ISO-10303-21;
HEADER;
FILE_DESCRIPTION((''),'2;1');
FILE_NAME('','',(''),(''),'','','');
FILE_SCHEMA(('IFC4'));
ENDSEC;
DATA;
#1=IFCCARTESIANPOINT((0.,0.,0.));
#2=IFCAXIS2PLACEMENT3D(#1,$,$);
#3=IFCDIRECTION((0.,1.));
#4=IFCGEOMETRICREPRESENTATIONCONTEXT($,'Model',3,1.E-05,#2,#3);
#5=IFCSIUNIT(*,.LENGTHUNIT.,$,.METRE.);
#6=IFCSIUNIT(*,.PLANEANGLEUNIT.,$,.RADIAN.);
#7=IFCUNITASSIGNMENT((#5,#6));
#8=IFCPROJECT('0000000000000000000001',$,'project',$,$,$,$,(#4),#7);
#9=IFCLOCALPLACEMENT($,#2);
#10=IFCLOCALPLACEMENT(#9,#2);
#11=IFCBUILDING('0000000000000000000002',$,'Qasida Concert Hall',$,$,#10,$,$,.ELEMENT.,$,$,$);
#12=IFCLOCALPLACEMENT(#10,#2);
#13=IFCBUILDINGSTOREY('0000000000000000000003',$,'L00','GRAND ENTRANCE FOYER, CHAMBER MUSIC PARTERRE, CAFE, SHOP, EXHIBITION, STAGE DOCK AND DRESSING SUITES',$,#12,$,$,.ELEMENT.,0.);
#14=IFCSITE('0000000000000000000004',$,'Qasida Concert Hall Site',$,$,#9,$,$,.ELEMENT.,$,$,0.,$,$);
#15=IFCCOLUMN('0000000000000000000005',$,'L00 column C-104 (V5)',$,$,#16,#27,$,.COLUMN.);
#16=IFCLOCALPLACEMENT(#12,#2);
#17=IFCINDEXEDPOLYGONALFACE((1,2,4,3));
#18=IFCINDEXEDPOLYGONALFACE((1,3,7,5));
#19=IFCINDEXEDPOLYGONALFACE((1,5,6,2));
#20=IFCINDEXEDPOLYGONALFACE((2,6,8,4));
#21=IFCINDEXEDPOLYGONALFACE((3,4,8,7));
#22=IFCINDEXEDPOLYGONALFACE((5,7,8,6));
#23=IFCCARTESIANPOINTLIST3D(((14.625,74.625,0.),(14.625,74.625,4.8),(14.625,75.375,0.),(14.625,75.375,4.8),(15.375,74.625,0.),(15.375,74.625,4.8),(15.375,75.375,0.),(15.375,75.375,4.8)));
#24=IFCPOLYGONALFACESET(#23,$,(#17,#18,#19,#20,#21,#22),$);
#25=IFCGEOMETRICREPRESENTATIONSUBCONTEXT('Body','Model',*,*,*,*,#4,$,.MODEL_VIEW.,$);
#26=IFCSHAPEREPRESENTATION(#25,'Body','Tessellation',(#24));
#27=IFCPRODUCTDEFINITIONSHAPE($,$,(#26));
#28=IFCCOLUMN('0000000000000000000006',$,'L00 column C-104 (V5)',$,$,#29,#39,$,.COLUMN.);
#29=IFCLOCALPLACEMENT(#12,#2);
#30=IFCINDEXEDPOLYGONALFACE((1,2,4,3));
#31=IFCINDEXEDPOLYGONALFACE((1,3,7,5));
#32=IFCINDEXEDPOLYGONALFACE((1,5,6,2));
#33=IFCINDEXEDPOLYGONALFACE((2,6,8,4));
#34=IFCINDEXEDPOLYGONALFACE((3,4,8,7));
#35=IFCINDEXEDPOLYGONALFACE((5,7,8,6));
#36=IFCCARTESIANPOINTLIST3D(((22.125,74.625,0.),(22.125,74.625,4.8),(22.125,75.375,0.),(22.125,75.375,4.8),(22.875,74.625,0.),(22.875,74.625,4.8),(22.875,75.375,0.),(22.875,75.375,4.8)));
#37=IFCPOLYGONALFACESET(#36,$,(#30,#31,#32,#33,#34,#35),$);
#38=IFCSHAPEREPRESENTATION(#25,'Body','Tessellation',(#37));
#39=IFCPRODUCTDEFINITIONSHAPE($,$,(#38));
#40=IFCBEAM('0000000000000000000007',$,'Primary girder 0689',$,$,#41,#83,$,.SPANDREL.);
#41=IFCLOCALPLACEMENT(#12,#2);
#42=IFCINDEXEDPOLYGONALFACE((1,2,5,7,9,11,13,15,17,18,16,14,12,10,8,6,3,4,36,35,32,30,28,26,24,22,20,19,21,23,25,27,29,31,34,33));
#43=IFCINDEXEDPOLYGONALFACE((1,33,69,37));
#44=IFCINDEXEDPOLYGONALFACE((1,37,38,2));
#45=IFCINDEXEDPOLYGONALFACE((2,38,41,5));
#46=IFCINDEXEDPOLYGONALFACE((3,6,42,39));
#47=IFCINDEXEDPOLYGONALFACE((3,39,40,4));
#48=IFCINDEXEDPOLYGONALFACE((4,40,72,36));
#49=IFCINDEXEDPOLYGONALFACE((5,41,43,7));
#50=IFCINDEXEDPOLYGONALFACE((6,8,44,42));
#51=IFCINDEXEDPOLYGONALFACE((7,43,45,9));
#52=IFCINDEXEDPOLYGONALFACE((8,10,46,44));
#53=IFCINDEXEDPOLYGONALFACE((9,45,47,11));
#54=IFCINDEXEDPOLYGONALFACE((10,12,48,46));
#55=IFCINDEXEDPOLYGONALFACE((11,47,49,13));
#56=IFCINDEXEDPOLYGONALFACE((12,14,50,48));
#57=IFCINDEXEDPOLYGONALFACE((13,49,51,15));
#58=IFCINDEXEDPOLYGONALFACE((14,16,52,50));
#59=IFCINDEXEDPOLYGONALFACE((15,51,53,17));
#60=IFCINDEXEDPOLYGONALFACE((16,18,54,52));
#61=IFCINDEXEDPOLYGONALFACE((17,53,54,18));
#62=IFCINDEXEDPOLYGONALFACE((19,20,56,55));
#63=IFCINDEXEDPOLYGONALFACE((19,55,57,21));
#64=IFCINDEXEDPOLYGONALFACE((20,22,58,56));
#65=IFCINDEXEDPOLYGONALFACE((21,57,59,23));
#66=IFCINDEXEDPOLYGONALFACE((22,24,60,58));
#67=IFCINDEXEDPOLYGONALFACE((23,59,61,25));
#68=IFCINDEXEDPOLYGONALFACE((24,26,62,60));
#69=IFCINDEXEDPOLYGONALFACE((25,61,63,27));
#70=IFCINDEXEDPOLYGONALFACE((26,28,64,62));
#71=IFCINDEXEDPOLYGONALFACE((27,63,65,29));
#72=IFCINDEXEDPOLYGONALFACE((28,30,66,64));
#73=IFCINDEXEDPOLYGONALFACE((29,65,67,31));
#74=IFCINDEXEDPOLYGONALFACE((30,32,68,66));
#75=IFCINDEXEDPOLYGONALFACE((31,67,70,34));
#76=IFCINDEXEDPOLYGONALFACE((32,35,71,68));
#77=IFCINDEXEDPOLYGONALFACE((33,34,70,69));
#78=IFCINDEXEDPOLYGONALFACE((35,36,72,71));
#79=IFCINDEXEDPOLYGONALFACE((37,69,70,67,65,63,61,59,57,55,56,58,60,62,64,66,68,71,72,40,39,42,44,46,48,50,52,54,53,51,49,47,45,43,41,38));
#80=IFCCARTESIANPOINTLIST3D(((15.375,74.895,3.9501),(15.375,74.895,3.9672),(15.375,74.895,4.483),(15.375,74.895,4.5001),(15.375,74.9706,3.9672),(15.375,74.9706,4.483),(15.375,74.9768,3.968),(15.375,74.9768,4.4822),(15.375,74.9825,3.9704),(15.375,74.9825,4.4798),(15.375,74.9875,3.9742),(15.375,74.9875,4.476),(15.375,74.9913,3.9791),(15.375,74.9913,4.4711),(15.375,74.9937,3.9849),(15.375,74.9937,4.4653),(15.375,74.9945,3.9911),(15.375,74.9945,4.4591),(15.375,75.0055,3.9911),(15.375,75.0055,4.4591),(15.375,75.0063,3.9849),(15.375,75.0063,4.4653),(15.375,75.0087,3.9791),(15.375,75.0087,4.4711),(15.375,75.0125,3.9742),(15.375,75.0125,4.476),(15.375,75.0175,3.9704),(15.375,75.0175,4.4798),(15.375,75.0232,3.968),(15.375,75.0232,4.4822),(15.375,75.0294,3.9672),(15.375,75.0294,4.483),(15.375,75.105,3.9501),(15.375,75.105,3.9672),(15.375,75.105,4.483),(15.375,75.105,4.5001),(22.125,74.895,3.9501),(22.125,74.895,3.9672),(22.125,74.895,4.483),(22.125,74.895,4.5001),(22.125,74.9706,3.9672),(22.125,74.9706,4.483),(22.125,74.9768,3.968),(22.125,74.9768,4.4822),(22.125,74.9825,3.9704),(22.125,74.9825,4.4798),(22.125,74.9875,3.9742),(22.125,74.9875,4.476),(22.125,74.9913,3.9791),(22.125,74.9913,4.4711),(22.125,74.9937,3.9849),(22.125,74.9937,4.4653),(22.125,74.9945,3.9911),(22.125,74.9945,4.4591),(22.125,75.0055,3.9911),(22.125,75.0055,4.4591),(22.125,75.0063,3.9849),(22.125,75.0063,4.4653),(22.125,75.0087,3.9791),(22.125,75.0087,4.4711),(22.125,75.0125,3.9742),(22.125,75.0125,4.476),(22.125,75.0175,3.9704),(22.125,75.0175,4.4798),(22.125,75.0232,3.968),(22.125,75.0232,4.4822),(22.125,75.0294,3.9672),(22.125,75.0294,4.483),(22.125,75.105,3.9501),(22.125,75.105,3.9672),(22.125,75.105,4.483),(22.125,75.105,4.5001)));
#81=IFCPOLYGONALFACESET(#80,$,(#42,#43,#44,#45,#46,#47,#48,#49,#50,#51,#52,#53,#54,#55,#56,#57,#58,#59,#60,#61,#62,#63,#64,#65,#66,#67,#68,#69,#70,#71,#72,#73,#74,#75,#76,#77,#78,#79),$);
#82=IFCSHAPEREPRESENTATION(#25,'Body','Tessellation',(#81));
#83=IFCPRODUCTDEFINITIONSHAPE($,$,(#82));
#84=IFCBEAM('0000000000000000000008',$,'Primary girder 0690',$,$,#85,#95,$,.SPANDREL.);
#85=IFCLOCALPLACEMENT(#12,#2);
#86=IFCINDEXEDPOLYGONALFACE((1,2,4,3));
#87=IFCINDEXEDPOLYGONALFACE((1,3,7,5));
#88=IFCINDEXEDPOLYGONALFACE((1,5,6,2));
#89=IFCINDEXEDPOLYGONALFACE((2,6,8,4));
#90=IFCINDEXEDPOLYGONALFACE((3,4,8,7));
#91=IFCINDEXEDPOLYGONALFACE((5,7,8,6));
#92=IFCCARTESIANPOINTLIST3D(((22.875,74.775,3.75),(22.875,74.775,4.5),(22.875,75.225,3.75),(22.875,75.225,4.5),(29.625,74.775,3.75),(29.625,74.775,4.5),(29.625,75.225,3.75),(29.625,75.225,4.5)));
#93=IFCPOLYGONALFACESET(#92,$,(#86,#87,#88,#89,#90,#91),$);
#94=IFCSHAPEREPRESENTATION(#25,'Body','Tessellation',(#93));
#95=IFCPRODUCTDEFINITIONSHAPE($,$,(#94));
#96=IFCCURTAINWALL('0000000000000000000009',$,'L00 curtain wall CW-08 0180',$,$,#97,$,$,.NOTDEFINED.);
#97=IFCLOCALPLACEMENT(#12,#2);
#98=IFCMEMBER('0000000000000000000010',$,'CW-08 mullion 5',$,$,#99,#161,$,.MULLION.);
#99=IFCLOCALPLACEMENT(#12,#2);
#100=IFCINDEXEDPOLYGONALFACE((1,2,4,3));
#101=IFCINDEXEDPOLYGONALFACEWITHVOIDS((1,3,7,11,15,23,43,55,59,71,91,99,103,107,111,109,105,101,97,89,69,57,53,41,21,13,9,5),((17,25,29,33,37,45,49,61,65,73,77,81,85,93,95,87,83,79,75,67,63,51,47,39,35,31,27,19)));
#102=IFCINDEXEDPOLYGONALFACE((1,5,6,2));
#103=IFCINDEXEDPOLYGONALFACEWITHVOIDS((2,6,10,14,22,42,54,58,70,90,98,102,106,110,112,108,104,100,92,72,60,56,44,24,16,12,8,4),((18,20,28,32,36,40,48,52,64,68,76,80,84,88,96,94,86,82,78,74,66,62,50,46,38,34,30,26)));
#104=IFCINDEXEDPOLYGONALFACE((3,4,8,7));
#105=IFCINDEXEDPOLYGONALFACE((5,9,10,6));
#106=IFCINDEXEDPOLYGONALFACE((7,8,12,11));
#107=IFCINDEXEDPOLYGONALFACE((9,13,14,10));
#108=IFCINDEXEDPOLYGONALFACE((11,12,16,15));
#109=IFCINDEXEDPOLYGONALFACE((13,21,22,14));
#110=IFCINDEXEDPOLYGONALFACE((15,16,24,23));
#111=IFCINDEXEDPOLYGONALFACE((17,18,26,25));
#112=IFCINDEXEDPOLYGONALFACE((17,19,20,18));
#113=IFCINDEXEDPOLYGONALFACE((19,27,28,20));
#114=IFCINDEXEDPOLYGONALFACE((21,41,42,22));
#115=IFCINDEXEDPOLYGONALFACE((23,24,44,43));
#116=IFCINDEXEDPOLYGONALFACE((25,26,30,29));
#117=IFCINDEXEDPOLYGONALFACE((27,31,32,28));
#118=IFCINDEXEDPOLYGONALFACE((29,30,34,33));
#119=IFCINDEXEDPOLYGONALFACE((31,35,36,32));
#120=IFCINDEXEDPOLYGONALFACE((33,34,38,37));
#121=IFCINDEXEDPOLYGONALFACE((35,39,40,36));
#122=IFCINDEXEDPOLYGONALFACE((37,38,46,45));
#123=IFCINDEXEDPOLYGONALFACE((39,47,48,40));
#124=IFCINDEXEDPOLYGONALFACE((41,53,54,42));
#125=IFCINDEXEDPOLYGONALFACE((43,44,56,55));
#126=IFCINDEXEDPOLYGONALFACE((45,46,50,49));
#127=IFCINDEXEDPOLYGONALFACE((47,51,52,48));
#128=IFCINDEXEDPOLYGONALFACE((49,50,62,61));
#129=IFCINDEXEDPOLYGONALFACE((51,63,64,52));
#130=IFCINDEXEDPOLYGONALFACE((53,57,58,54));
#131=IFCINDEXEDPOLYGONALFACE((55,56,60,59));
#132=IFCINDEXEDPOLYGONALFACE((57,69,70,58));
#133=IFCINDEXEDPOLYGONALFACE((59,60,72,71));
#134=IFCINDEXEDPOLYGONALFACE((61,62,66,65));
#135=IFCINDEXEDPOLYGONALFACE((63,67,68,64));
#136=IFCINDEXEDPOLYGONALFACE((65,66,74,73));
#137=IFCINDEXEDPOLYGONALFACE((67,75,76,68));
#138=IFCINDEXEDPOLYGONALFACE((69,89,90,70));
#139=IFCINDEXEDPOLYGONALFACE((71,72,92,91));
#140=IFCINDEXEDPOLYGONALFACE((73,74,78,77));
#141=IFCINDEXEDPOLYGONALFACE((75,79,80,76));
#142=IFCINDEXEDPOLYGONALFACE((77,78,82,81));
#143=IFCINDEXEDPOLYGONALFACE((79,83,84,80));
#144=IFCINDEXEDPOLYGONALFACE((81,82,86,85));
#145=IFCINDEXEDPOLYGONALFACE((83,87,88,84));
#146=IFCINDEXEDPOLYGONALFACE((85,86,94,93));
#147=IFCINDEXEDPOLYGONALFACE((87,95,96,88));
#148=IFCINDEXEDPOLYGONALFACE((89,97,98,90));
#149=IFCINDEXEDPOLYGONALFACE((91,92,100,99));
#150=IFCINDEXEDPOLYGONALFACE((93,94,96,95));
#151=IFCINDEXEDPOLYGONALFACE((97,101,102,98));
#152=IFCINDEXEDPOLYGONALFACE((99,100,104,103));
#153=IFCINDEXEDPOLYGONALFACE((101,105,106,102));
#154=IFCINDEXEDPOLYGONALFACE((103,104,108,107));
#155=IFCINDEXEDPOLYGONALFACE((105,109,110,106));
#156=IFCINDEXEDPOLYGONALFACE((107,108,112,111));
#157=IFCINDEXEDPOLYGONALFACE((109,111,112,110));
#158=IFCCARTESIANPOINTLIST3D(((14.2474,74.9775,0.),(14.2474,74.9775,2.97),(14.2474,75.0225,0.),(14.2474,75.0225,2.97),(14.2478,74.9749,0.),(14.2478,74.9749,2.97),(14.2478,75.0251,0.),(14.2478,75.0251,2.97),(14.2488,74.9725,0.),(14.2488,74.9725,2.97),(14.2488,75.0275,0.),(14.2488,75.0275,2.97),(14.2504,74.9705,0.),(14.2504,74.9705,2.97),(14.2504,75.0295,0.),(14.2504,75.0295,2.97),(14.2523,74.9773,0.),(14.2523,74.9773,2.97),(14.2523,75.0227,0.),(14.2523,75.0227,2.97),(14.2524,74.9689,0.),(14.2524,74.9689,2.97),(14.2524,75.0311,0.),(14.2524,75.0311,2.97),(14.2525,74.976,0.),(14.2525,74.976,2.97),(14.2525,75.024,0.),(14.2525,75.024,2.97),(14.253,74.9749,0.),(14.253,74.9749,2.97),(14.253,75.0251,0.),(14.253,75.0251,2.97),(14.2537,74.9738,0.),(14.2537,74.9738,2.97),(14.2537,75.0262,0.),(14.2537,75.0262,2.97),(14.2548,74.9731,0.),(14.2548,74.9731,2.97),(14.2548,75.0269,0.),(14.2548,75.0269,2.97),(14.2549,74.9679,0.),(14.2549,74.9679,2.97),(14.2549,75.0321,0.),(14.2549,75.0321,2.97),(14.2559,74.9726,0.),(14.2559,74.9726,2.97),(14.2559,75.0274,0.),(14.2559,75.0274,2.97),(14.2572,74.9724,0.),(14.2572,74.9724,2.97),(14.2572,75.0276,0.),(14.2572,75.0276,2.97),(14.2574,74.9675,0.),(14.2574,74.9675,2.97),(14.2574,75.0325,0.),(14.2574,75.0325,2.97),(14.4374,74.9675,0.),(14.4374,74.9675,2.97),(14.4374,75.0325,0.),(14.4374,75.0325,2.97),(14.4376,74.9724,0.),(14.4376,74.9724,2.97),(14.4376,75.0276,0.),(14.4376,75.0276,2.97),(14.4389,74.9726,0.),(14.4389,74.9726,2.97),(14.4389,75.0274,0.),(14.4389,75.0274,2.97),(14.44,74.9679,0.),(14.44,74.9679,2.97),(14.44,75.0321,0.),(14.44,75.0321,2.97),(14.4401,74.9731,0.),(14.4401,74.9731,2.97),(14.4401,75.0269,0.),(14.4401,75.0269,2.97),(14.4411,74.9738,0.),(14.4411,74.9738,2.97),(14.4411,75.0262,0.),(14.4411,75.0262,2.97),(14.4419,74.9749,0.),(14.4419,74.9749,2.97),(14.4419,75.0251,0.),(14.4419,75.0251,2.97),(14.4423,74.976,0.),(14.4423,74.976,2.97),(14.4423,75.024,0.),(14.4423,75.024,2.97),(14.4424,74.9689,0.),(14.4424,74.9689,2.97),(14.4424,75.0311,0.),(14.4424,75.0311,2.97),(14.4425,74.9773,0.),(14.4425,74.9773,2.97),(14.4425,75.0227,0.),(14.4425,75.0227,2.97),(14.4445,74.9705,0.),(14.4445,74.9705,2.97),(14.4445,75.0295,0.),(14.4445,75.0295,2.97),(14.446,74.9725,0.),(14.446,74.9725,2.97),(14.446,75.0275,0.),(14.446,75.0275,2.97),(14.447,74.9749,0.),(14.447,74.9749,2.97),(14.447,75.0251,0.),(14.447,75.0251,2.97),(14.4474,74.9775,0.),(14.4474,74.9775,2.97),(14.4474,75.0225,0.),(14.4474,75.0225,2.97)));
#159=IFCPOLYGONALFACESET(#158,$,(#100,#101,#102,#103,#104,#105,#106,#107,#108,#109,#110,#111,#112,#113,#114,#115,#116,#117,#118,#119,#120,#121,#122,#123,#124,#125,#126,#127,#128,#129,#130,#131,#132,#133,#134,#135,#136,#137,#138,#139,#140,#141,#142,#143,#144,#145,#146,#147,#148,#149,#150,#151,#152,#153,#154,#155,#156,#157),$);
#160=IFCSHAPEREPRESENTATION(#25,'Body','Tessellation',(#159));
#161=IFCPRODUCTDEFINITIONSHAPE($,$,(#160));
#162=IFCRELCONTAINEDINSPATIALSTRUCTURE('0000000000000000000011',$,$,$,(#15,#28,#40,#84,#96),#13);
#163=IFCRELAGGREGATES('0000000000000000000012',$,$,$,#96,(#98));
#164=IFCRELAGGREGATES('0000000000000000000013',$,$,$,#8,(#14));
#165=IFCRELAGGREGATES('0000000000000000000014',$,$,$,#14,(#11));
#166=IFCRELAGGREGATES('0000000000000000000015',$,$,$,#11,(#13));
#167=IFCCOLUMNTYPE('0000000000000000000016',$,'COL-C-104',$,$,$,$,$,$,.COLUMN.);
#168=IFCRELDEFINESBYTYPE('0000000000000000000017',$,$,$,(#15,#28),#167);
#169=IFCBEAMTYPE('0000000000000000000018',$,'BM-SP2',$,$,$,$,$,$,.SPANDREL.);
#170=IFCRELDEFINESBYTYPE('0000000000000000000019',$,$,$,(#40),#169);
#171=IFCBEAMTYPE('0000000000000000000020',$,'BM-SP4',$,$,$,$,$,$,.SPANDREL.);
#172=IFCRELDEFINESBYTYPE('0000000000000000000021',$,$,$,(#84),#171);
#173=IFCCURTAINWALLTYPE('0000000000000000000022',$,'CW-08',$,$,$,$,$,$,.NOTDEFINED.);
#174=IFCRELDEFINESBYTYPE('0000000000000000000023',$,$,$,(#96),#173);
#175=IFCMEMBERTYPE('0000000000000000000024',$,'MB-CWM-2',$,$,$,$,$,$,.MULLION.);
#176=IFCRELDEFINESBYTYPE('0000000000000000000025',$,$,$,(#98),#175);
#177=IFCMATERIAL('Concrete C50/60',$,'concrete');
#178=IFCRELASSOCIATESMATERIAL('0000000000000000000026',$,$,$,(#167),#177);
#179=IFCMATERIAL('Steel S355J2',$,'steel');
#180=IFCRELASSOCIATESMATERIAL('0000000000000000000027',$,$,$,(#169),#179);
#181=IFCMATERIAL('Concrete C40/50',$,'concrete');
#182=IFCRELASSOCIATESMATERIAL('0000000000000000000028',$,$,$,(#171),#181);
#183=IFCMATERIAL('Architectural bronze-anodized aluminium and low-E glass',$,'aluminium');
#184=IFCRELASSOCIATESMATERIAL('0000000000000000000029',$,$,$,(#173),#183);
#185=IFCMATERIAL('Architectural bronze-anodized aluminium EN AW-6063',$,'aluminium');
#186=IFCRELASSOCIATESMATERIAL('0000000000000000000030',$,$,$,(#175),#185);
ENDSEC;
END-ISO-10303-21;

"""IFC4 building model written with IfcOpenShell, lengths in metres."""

from ifc_helpers import new_model, si_unit, direction, frame, origin, origin_2d, place, context, subcontext, project, spatial, rectangle, hollow_rectangle, i_section, extrude, material, material_profile, profile_set, type_object, element, aggregate, save


model = new_model("IFC4")

# Units and contexts
model_context = context("Model", 3, precision=1e-05, world=origin(), true_north=direction((0.0, 1.0)))
body_context = subcontext(model_context, "Body", "Model", "MODEL_VIEW")
ifc_project = project(units=[si_unit("LENGTHUNIT", "METRE"), si_unit("PLANEANGLEUNIT", "RADIAN")], contexts=[model_context])

# Site, building, storey
site_placement = place(None, origin())
site = spatial("IfcSite", under=ifc_project, at=site_placement, Name="Qasida Concert Hall Site", CompositionType="ELEMENT", RefElevation=0.0)
building_placement = place(site_placement, origin())
building = spatial("IfcBuilding", under=site, at=building_placement, Name="Qasida Concert Hall", CompositionType="ELEMENT")
storey_placement = place(building_placement, origin())
storey = spatial("IfcBuildingStorey", under=building, at=storey_placement, Name="L00", Description="GRAND ENTRANCE FOYER, CHAMBER MUSIC PARTERRE, CAFE, SHOP, EXHIBITION, STAGE DOCK AND DRESSING SUITES", CompositionType="ELEMENT", Elevation=0.0)

# Columns
ifc_material_1 = material(Name="Concrete C50/60", Category="concrete")
ifc_material_profile_1 = material_profile(ifc_material_1, rectangle(XDim=0.75, YDim=0.75, at=origin_2d()), Name="RC 750x750")
ifc_profile_set_1 = profile_set([ifc_material_profile_1], Name="Concrete C50/60")
column_type = type_object("IfcColumnType", Name="COL-C-104", PredefinedType="COLUMN", material=ifc_profile_set_1)
for number, where, z_axis, x_axis, name in (
    (1, (15.0, 75.0, 0.0), (0.0, 0.0, 1.0), (1.0, 0.0, 0.0), "L00 column C-104 (V5)"),
    (2, (22.5, 75.0, 0.0), (0.0, 0.0, 1.0), (1.0, 0.0, 0.0), "L00 column C-104 (V5)"),
):
    element("IfcColumn", number, at=place(storey_placement, frame(where, z_axis=z_axis, x_axis=x_axis)), inside=storey, type_object=column_type, Name=name, PredefinedType="COLUMN", context=body_context, shape_type="SweptSolid", body=[
        extrude(rectangle(XDim=0.75, YDim=0.75, at=origin_2d()), origin(), (0.0, 0.0, 1.0), 4.8),
    ])

# Beams
ifc_material_2 = material(Name="Steel S355J2", Category="steel")
ifc_material_profile_2 = material_profile(ifc_material_2, i_section(OverallWidth=0.21, OverallDepth=0.55, WebThickness=0.011, FlangeThickness=0.0171, FilletRadius=0.0239, at=origin_2d()), Name="IPE 550")
ifc_profile_set_2 = profile_set([ifc_material_profile_2], Name="Steel S355J2")
beam_type_1 = type_object("IfcBeamType", Name="BM-SP2", PredefinedType="SPANDREL", material=ifc_profile_set_2)
beam_1_placement = place(storey_placement, frame((15.375, 75.0, 4.2251), z_axis=(1.0, 0.0, 0.0), x_axis=(0.0, 1.0, 0.0)))
element("IfcBeam", 3, at=beam_1_placement, inside=storey, type_object=beam_type_1, Name="Primary girder 0689", PredefinedType="SPANDREL", context=body_context, shape_type="SweptSolid", body=[
    extrude(i_section(OverallWidth=0.21, OverallDepth=0.55, WebThickness=0.011, FlangeThickness=0.0171, FilletRadius=0.0239, at=origin_2d()), origin(), (0.0, 0.0, 1.0), 6.75),
])
ifc_material_3 = material(Name="Concrete C40/50", Category="concrete")
ifc_material_profile_3 = material_profile(ifc_material_3, rectangle(XDim=0.45, YDim=0.75, at=origin_2d()), Name="RC 450x750")
ifc_profile_set_3 = profile_set([ifc_material_profile_3], Name="Concrete C40/50")
beam_type_2 = type_object("IfcBeamType", Name="BM-SP4", PredefinedType="SPANDREL", material=ifc_profile_set_3)
beam_2_placement = place(storey_placement, frame((22.875, 75.0, 4.125), z_axis=(1.0, 0.0, 0.0), x_axis=(0.0, 1.0, 0.0)))
element("IfcBeam", 4, at=beam_2_placement, inside=storey, type_object=beam_type_2, Name="Primary girder 0690", PredefinedType="SPANDREL", context=body_context, shape_type="SweptSolid", body=[
    extrude(rectangle(XDim=0.45, YDim=0.75, at=origin_2d()), origin(), (0.0, 0.0, 1.0), 6.75),
])

# Curtain wall, member
ifc_material_4 = material(Name="Architectural bronze-anodized aluminium and low-E glass", Category="aluminium")
curtain_wall_type = type_object("IfcCurtainWallType", Name="CW-08", PredefinedType="NOTDEFINED", material=ifc_material_4)
curtain_wall_1_placement = place(storey_placement, origin())
curtain_wall_1 = element("IfcCurtainWall", 5, at=curtain_wall_1_placement, inside=storey, type_object=curtain_wall_type, Name="L00 curtain wall CW-08 0180", PredefinedType="NOTDEFINED")
ifc_material_5 = material(Name="Architectural bronze-anodized aluminium EN AW-6063", Category="aluminium")
ifc_material_profile_4 = material_profile(ifc_material_5, hollow_rectangle(XDim=0.0649, YDim=0.2, WallThickness=0.0049, InnerFilletRadius=0.0049, OuterFilletRadius=0.01, at=origin_2d()), Name="CWM 200x65x5")
ifc_profile_set_4 = profile_set([ifc_material_profile_4], Name="Architectural bronze-anodized aluminium EN AW-6063")
member_type_1 = type_object("IfcMemberType", Name="MB-CWM-2", PredefinedType="MULLION", material=ifc_profile_set_4)
member_1_placement = place(storey_placement, frame((14.3474, 75.0, 0.0), z_axis=(0.0, 0.0, 1.0), x_axis=(0.0, 1.0, 0.0)))
member_1 = element("IfcMember", 6, at=member_1_placement, type_object=member_type_1, Name="CW-08 mullion 5", PredefinedType="MULLION", context=body_context, shape_type="SweptSolid", body=[
    extrude(hollow_rectangle(XDim=0.0649, YDim=0.2, WallThickness=0.0049, InnerFilletRadius=0.0049, OuterFilletRadius=0.01, at=origin_2d()), origin(), (0.0, 0.0, 1.0), 2.97),
])

aggregate(curtain_wall_1, [member_1])

save(model, "model.ifc")
